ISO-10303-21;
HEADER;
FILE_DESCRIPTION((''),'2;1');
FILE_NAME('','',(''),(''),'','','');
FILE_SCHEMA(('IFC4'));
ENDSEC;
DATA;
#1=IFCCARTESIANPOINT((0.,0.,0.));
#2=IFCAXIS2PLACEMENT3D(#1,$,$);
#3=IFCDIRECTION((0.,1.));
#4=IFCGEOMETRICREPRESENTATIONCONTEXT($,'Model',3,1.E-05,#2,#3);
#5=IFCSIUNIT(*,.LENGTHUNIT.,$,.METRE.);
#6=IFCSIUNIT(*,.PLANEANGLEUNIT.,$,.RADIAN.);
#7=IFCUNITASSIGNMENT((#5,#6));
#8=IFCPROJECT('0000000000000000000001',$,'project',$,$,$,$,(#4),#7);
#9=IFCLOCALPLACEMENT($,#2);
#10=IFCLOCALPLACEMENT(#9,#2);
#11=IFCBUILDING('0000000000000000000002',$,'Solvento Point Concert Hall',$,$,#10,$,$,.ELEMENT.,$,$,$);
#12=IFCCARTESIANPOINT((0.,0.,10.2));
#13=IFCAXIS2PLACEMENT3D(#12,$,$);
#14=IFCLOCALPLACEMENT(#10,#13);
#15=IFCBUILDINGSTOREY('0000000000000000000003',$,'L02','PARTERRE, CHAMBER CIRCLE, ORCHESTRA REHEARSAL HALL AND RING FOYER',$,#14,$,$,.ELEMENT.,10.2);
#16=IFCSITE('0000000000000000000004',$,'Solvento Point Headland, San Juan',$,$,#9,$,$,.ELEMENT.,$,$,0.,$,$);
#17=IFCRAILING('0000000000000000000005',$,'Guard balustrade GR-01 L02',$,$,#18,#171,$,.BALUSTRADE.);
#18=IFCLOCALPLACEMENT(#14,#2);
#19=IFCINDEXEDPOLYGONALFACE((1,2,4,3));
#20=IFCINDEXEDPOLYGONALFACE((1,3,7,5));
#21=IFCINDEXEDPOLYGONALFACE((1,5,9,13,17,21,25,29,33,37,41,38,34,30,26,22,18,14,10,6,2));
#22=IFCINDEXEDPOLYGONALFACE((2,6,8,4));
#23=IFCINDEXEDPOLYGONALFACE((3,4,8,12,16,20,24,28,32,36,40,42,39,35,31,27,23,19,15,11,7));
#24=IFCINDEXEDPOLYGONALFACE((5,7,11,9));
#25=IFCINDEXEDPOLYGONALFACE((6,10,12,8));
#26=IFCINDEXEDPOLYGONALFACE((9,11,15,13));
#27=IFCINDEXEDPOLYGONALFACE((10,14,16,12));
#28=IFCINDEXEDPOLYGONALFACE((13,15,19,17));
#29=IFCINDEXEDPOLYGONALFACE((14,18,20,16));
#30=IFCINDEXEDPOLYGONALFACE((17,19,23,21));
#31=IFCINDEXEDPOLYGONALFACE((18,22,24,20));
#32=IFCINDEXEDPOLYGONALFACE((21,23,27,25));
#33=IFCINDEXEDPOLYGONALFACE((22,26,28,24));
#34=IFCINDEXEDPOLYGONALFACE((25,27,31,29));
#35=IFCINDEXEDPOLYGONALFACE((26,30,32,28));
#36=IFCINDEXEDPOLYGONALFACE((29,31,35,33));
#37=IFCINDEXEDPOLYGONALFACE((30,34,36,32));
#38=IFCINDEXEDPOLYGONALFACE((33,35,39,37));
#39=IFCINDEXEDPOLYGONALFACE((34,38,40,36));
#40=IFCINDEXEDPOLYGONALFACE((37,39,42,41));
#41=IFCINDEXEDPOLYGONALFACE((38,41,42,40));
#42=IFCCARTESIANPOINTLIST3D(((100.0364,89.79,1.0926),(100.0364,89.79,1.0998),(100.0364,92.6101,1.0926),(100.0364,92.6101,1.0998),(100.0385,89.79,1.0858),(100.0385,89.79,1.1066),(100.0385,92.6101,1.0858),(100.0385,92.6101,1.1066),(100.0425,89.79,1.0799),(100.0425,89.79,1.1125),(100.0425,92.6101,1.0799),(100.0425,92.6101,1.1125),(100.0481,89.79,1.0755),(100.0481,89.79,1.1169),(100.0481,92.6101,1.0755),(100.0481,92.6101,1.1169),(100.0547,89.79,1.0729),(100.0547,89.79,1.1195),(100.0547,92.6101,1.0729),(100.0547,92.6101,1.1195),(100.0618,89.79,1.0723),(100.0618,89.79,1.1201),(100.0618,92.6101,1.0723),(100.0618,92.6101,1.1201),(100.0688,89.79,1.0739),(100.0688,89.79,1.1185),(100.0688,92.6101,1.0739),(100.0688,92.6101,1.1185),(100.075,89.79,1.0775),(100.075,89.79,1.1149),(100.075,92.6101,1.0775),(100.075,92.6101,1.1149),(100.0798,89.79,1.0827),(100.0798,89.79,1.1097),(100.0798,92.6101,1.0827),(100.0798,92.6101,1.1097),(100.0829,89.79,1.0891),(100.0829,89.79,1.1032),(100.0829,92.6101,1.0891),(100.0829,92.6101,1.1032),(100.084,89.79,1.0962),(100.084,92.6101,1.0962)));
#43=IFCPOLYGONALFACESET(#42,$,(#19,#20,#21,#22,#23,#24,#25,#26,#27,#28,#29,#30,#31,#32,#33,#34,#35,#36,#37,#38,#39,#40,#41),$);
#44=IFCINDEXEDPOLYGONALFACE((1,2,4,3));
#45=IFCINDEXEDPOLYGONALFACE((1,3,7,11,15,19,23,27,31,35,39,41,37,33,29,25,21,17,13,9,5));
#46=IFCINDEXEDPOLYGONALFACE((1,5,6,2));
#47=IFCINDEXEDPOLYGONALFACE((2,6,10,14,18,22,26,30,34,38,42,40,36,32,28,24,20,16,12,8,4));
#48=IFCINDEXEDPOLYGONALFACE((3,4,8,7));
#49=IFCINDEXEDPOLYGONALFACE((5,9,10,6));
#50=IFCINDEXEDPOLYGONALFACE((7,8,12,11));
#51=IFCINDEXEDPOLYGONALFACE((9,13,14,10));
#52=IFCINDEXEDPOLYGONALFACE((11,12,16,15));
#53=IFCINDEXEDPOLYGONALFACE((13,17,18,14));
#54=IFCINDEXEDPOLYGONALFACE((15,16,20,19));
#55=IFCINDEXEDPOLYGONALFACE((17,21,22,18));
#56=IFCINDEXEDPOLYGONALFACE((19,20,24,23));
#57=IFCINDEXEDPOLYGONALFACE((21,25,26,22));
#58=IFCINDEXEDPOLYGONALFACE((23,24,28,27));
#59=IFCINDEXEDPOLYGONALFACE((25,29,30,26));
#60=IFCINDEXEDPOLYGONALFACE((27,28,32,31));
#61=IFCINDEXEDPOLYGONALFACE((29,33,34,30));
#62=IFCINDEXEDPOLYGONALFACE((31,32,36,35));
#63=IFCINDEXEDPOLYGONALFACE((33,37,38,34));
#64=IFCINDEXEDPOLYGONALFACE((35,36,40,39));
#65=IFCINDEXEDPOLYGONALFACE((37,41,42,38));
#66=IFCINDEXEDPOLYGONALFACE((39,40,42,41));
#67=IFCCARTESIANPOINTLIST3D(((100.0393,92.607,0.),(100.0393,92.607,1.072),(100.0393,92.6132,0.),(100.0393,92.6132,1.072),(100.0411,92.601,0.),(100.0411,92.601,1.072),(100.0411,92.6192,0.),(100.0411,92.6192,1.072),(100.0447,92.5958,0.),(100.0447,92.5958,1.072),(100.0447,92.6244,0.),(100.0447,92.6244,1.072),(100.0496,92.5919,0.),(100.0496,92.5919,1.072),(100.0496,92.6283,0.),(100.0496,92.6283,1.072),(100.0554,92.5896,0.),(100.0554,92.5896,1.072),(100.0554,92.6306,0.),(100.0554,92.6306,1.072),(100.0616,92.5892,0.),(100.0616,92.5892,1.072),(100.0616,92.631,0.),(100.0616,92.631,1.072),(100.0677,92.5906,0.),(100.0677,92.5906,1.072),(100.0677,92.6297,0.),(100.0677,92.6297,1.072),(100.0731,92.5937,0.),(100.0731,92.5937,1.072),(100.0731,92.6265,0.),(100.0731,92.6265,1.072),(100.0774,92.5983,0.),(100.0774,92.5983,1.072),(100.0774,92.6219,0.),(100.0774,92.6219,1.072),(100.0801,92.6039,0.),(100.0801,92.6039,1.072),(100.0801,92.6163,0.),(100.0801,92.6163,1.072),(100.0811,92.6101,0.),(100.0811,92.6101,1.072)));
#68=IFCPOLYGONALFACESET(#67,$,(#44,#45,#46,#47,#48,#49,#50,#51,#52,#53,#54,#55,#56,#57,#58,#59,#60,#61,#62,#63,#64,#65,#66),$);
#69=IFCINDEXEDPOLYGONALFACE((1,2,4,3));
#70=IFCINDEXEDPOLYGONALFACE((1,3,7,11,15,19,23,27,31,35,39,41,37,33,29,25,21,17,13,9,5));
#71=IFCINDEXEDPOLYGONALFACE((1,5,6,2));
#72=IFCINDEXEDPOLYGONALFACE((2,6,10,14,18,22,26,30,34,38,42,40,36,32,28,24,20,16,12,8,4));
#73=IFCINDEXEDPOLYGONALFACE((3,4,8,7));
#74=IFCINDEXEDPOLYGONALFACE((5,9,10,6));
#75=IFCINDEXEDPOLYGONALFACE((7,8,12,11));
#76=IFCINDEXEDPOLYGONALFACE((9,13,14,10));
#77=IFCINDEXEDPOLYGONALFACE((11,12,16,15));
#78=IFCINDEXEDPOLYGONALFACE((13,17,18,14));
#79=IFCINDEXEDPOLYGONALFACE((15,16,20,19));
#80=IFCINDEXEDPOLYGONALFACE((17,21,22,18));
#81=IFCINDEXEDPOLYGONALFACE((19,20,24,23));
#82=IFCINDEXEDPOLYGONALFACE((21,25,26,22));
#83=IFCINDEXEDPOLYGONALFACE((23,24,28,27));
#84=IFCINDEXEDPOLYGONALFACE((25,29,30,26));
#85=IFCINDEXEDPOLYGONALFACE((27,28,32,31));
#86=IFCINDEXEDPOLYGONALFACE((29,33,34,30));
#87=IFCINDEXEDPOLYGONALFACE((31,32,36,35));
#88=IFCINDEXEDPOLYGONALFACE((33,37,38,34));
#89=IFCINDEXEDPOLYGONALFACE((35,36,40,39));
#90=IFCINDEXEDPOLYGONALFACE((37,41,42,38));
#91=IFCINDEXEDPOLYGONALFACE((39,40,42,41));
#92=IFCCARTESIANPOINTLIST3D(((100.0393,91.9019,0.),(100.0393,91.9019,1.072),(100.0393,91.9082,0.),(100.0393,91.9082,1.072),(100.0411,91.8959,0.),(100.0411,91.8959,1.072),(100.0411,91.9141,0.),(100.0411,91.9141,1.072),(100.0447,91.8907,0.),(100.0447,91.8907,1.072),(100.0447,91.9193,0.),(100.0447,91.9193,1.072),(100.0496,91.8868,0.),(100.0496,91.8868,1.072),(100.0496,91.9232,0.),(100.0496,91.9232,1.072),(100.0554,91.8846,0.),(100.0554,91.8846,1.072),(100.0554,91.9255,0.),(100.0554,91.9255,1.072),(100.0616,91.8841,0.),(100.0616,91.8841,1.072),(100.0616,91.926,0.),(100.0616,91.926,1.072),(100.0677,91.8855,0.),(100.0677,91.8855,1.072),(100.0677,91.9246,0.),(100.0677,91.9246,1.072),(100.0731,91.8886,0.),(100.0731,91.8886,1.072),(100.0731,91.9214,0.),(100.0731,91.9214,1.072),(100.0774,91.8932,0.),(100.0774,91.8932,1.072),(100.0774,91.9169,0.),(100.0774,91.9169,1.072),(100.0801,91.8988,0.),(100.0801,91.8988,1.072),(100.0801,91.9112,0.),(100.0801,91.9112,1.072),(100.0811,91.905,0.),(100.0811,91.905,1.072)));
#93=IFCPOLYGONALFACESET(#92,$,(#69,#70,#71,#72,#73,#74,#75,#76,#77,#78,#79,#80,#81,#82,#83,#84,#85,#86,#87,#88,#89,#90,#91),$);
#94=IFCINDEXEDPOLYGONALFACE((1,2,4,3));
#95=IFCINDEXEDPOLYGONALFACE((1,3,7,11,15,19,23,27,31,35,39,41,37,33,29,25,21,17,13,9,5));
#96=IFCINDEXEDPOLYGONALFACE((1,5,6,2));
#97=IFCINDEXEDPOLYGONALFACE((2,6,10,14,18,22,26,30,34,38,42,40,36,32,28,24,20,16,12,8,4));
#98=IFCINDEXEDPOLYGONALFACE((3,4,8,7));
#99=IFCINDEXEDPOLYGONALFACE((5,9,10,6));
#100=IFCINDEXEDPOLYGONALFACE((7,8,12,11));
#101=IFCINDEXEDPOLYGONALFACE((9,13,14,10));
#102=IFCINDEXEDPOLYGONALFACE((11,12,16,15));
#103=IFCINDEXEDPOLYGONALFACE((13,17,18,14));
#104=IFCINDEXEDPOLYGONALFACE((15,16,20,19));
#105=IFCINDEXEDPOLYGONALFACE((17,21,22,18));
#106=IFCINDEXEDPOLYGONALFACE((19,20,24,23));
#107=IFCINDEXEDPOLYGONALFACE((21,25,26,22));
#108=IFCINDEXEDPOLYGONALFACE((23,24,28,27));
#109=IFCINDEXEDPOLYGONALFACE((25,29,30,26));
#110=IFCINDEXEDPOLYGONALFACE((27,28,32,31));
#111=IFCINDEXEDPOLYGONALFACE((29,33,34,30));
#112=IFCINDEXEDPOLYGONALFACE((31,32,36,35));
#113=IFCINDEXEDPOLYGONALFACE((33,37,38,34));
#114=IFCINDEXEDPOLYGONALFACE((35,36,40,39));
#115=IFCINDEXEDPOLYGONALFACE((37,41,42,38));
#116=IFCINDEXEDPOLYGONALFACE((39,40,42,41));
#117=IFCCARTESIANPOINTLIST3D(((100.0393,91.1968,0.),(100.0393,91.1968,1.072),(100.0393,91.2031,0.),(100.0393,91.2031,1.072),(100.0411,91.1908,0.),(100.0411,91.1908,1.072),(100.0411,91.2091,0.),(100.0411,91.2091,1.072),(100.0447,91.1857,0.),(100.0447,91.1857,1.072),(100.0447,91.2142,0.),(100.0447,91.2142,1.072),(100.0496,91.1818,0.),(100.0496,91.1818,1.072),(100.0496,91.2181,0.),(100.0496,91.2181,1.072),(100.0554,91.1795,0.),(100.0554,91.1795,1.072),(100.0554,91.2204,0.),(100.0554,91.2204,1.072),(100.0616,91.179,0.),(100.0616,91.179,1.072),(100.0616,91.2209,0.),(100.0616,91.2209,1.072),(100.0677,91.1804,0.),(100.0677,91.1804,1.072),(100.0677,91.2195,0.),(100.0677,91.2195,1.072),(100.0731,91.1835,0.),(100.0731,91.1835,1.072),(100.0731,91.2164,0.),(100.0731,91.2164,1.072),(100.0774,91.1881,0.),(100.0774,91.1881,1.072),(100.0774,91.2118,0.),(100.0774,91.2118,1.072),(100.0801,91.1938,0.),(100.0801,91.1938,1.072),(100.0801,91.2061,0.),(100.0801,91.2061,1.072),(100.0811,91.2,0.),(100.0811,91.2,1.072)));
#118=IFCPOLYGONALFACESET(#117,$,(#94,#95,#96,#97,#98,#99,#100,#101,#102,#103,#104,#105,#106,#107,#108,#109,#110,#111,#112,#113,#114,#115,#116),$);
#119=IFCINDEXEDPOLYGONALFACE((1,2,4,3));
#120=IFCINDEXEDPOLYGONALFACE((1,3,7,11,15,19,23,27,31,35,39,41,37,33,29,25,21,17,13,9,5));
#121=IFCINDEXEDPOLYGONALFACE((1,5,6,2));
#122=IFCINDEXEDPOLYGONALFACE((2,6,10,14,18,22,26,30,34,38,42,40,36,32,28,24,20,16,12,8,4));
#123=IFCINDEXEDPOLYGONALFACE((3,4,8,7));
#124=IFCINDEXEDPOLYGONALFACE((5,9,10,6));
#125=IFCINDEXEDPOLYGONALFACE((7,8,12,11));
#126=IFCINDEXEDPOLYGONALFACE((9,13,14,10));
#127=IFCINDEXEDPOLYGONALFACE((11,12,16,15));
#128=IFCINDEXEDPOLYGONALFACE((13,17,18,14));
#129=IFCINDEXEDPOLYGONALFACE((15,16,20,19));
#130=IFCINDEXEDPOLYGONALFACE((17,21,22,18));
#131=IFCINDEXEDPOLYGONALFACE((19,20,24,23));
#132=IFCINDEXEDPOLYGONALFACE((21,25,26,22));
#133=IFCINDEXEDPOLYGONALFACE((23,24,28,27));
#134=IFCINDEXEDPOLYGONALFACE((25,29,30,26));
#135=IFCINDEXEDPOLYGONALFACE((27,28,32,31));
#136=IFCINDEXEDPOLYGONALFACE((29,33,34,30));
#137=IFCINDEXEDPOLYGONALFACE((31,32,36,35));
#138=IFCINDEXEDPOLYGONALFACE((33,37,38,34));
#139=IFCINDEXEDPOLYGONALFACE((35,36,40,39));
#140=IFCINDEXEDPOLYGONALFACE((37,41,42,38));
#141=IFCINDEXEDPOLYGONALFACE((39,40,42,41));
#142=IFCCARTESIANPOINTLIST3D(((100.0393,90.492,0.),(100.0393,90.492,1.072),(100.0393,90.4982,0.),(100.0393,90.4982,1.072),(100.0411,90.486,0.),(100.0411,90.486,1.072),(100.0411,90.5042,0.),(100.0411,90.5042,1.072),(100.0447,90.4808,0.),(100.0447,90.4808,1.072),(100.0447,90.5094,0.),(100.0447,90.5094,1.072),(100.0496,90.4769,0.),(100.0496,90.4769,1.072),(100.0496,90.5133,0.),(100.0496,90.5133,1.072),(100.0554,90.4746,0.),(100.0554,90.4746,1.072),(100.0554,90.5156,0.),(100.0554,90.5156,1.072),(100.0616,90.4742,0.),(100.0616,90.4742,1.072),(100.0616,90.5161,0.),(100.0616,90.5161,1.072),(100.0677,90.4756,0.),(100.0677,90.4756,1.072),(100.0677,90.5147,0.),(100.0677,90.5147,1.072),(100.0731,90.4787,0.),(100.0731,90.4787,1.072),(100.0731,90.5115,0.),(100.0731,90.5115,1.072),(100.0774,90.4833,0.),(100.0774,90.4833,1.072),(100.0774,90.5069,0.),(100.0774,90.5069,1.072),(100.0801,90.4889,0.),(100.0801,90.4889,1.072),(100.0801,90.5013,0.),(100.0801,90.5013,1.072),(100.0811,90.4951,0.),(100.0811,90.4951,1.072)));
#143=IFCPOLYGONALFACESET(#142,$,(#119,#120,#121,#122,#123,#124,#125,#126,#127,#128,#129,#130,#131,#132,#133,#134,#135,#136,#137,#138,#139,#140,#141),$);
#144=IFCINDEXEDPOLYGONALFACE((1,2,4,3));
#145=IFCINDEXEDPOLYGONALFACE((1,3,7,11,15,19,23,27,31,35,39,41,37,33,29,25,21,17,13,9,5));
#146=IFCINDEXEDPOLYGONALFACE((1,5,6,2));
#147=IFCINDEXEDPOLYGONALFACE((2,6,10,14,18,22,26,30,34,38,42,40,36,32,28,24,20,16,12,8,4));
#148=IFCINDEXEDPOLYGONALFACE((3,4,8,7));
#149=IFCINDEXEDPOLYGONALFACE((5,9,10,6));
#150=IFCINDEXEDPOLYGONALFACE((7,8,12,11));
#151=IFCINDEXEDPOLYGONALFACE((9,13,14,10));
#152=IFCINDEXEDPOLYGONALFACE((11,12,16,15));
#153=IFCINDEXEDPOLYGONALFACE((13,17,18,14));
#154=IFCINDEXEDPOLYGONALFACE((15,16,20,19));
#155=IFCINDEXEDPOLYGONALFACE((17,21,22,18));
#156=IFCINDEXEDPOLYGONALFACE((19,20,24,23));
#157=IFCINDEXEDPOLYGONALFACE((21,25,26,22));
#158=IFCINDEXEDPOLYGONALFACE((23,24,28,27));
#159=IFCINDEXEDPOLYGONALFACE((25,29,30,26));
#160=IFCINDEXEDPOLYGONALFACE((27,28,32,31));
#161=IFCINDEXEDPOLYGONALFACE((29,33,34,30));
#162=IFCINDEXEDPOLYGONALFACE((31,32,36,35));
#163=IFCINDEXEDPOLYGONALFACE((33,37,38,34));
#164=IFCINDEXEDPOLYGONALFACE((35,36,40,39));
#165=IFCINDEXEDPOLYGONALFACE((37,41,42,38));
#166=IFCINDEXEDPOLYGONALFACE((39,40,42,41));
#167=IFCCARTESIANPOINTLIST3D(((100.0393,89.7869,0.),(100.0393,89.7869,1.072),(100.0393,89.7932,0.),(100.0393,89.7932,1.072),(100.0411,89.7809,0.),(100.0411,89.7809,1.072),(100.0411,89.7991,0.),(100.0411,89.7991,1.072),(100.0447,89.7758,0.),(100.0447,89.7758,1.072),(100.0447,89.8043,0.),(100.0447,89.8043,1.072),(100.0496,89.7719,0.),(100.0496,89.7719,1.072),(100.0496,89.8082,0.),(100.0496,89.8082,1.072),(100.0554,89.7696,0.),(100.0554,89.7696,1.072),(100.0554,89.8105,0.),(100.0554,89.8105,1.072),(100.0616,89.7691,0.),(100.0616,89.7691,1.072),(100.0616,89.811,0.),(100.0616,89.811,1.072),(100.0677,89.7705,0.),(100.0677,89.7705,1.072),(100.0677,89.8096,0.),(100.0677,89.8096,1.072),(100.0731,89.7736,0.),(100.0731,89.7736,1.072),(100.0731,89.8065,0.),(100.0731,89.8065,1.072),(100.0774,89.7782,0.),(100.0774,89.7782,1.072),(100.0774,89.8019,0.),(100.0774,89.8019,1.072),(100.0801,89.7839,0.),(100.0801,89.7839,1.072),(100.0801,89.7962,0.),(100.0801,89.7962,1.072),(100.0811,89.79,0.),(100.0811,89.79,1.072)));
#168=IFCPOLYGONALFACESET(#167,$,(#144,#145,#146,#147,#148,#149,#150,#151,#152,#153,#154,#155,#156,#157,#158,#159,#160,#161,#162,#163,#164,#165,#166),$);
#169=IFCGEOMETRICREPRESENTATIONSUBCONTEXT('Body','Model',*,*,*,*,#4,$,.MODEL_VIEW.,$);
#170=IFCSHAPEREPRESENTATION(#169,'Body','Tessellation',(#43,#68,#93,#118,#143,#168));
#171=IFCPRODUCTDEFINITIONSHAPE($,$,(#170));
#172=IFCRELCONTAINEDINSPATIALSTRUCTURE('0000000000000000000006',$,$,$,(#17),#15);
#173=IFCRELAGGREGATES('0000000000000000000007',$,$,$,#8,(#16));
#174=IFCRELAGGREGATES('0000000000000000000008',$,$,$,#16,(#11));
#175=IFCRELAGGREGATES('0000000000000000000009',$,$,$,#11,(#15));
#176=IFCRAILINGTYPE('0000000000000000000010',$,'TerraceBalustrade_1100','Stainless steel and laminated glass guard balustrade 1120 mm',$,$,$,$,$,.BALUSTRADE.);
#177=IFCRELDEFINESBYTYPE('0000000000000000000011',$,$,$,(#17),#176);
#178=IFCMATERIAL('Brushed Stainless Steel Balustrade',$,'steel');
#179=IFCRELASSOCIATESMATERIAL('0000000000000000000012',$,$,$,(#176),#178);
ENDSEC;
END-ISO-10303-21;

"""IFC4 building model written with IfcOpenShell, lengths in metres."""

from ifc_helpers import new_model, si_unit, direction, frame, origin, origin_2d, place, context, subcontext, project, spatial, circle, extrude, material, type_object, element, save


model = new_model("IFC4")

# Units and contexts
model_context = context("Model", 3, precision=1e-05, world=origin(), true_north=direction((0.0, 1.0)))
body_context = subcontext(model_context, "Body", "Model", "MODEL_VIEW")
ifc_project = project(units=[si_unit("LENGTHUNIT", "METRE"), si_unit("PLANEANGLEUNIT", "RADIAN")], contexts=[model_context])

# Site, building, storey
site_placement = place(None, origin())
site = spatial("IfcSite", under=ifc_project, at=site_placement, Name="Solvento Point Headland, San Juan", CompositionType="ELEMENT", RefElevation=0.0)
building_placement = place(site_placement, origin())
building = spatial("IfcBuilding", under=site, at=building_placement, Name="Solvento Point Concert Hall", CompositionType="ELEMENT")
storey_placement = place(building_placement, frame((0.0, 0.0, 10.2)))
storey = spatial("IfcBuildingStorey", under=building, at=storey_placement, Name="L02", Description="PARTERRE, CHAMBER CIRCLE, ORCHESTRA REHEARSAL HALL AND RING FOYER", CompositionType="ELEMENT", Elevation=10.2)

# Railing
ifc_material_1 = material(Name="Brushed Stainless Steel Balustrade", Category="steel")
railing_type = type_object("IfcRailingType", Name="TerraceBalustrade_1100", Description="Stainless steel and laminated glass guard balustrade 1120 mm", PredefinedType="BALUSTRADE", material=ifc_material_1)
railing_placement = place(storey_placement, frame((100.0601, 92.6101, 0.0)))
element("IfcRailing", 1, at=railing_placement, inside=storey, type_object=railing_type, Name="Guard balustrade GR-01 L02", PredefinedType="BALUSTRADE", context=body_context, shape_type="SweptSolid", body=[
    extrude(circle(Radius=0.0239, at=origin_2d()), frame((0.0, 0.0, 1.0962), z_axis=(0.0, -1.0, 0.0), x_axis=(1.0, 0.0, 0.0)), (0.0, 0.0, 1.0), 2.8201),
    extrude(circle(Radius=0.021, at=origin_2d()), origin(), (0.0, 0.0, 1.0), 1.072),
    extrude(circle(Radius=0.021, at=origin_2d()), frame((0.0, -0.7051, 0.0)), (0.0, 0.0, 1.0), 1.072),
    extrude(circle(Radius=0.021, at=origin_2d()), frame((0.0, -1.4102, 0.0)), (0.0, 0.0, 1.0), 1.072),
    extrude(circle(Radius=0.021, at=origin_2d()), frame((0.0, -2.115, 0.0)), (0.0, 0.0, 1.0), 1.072),
    extrude(circle(Radius=0.021, at=origin_2d()), frame((0.0, -2.8201, 0.0)), (0.0, 0.0, 1.0), 1.072),
])

save(model, "model.ifc")
